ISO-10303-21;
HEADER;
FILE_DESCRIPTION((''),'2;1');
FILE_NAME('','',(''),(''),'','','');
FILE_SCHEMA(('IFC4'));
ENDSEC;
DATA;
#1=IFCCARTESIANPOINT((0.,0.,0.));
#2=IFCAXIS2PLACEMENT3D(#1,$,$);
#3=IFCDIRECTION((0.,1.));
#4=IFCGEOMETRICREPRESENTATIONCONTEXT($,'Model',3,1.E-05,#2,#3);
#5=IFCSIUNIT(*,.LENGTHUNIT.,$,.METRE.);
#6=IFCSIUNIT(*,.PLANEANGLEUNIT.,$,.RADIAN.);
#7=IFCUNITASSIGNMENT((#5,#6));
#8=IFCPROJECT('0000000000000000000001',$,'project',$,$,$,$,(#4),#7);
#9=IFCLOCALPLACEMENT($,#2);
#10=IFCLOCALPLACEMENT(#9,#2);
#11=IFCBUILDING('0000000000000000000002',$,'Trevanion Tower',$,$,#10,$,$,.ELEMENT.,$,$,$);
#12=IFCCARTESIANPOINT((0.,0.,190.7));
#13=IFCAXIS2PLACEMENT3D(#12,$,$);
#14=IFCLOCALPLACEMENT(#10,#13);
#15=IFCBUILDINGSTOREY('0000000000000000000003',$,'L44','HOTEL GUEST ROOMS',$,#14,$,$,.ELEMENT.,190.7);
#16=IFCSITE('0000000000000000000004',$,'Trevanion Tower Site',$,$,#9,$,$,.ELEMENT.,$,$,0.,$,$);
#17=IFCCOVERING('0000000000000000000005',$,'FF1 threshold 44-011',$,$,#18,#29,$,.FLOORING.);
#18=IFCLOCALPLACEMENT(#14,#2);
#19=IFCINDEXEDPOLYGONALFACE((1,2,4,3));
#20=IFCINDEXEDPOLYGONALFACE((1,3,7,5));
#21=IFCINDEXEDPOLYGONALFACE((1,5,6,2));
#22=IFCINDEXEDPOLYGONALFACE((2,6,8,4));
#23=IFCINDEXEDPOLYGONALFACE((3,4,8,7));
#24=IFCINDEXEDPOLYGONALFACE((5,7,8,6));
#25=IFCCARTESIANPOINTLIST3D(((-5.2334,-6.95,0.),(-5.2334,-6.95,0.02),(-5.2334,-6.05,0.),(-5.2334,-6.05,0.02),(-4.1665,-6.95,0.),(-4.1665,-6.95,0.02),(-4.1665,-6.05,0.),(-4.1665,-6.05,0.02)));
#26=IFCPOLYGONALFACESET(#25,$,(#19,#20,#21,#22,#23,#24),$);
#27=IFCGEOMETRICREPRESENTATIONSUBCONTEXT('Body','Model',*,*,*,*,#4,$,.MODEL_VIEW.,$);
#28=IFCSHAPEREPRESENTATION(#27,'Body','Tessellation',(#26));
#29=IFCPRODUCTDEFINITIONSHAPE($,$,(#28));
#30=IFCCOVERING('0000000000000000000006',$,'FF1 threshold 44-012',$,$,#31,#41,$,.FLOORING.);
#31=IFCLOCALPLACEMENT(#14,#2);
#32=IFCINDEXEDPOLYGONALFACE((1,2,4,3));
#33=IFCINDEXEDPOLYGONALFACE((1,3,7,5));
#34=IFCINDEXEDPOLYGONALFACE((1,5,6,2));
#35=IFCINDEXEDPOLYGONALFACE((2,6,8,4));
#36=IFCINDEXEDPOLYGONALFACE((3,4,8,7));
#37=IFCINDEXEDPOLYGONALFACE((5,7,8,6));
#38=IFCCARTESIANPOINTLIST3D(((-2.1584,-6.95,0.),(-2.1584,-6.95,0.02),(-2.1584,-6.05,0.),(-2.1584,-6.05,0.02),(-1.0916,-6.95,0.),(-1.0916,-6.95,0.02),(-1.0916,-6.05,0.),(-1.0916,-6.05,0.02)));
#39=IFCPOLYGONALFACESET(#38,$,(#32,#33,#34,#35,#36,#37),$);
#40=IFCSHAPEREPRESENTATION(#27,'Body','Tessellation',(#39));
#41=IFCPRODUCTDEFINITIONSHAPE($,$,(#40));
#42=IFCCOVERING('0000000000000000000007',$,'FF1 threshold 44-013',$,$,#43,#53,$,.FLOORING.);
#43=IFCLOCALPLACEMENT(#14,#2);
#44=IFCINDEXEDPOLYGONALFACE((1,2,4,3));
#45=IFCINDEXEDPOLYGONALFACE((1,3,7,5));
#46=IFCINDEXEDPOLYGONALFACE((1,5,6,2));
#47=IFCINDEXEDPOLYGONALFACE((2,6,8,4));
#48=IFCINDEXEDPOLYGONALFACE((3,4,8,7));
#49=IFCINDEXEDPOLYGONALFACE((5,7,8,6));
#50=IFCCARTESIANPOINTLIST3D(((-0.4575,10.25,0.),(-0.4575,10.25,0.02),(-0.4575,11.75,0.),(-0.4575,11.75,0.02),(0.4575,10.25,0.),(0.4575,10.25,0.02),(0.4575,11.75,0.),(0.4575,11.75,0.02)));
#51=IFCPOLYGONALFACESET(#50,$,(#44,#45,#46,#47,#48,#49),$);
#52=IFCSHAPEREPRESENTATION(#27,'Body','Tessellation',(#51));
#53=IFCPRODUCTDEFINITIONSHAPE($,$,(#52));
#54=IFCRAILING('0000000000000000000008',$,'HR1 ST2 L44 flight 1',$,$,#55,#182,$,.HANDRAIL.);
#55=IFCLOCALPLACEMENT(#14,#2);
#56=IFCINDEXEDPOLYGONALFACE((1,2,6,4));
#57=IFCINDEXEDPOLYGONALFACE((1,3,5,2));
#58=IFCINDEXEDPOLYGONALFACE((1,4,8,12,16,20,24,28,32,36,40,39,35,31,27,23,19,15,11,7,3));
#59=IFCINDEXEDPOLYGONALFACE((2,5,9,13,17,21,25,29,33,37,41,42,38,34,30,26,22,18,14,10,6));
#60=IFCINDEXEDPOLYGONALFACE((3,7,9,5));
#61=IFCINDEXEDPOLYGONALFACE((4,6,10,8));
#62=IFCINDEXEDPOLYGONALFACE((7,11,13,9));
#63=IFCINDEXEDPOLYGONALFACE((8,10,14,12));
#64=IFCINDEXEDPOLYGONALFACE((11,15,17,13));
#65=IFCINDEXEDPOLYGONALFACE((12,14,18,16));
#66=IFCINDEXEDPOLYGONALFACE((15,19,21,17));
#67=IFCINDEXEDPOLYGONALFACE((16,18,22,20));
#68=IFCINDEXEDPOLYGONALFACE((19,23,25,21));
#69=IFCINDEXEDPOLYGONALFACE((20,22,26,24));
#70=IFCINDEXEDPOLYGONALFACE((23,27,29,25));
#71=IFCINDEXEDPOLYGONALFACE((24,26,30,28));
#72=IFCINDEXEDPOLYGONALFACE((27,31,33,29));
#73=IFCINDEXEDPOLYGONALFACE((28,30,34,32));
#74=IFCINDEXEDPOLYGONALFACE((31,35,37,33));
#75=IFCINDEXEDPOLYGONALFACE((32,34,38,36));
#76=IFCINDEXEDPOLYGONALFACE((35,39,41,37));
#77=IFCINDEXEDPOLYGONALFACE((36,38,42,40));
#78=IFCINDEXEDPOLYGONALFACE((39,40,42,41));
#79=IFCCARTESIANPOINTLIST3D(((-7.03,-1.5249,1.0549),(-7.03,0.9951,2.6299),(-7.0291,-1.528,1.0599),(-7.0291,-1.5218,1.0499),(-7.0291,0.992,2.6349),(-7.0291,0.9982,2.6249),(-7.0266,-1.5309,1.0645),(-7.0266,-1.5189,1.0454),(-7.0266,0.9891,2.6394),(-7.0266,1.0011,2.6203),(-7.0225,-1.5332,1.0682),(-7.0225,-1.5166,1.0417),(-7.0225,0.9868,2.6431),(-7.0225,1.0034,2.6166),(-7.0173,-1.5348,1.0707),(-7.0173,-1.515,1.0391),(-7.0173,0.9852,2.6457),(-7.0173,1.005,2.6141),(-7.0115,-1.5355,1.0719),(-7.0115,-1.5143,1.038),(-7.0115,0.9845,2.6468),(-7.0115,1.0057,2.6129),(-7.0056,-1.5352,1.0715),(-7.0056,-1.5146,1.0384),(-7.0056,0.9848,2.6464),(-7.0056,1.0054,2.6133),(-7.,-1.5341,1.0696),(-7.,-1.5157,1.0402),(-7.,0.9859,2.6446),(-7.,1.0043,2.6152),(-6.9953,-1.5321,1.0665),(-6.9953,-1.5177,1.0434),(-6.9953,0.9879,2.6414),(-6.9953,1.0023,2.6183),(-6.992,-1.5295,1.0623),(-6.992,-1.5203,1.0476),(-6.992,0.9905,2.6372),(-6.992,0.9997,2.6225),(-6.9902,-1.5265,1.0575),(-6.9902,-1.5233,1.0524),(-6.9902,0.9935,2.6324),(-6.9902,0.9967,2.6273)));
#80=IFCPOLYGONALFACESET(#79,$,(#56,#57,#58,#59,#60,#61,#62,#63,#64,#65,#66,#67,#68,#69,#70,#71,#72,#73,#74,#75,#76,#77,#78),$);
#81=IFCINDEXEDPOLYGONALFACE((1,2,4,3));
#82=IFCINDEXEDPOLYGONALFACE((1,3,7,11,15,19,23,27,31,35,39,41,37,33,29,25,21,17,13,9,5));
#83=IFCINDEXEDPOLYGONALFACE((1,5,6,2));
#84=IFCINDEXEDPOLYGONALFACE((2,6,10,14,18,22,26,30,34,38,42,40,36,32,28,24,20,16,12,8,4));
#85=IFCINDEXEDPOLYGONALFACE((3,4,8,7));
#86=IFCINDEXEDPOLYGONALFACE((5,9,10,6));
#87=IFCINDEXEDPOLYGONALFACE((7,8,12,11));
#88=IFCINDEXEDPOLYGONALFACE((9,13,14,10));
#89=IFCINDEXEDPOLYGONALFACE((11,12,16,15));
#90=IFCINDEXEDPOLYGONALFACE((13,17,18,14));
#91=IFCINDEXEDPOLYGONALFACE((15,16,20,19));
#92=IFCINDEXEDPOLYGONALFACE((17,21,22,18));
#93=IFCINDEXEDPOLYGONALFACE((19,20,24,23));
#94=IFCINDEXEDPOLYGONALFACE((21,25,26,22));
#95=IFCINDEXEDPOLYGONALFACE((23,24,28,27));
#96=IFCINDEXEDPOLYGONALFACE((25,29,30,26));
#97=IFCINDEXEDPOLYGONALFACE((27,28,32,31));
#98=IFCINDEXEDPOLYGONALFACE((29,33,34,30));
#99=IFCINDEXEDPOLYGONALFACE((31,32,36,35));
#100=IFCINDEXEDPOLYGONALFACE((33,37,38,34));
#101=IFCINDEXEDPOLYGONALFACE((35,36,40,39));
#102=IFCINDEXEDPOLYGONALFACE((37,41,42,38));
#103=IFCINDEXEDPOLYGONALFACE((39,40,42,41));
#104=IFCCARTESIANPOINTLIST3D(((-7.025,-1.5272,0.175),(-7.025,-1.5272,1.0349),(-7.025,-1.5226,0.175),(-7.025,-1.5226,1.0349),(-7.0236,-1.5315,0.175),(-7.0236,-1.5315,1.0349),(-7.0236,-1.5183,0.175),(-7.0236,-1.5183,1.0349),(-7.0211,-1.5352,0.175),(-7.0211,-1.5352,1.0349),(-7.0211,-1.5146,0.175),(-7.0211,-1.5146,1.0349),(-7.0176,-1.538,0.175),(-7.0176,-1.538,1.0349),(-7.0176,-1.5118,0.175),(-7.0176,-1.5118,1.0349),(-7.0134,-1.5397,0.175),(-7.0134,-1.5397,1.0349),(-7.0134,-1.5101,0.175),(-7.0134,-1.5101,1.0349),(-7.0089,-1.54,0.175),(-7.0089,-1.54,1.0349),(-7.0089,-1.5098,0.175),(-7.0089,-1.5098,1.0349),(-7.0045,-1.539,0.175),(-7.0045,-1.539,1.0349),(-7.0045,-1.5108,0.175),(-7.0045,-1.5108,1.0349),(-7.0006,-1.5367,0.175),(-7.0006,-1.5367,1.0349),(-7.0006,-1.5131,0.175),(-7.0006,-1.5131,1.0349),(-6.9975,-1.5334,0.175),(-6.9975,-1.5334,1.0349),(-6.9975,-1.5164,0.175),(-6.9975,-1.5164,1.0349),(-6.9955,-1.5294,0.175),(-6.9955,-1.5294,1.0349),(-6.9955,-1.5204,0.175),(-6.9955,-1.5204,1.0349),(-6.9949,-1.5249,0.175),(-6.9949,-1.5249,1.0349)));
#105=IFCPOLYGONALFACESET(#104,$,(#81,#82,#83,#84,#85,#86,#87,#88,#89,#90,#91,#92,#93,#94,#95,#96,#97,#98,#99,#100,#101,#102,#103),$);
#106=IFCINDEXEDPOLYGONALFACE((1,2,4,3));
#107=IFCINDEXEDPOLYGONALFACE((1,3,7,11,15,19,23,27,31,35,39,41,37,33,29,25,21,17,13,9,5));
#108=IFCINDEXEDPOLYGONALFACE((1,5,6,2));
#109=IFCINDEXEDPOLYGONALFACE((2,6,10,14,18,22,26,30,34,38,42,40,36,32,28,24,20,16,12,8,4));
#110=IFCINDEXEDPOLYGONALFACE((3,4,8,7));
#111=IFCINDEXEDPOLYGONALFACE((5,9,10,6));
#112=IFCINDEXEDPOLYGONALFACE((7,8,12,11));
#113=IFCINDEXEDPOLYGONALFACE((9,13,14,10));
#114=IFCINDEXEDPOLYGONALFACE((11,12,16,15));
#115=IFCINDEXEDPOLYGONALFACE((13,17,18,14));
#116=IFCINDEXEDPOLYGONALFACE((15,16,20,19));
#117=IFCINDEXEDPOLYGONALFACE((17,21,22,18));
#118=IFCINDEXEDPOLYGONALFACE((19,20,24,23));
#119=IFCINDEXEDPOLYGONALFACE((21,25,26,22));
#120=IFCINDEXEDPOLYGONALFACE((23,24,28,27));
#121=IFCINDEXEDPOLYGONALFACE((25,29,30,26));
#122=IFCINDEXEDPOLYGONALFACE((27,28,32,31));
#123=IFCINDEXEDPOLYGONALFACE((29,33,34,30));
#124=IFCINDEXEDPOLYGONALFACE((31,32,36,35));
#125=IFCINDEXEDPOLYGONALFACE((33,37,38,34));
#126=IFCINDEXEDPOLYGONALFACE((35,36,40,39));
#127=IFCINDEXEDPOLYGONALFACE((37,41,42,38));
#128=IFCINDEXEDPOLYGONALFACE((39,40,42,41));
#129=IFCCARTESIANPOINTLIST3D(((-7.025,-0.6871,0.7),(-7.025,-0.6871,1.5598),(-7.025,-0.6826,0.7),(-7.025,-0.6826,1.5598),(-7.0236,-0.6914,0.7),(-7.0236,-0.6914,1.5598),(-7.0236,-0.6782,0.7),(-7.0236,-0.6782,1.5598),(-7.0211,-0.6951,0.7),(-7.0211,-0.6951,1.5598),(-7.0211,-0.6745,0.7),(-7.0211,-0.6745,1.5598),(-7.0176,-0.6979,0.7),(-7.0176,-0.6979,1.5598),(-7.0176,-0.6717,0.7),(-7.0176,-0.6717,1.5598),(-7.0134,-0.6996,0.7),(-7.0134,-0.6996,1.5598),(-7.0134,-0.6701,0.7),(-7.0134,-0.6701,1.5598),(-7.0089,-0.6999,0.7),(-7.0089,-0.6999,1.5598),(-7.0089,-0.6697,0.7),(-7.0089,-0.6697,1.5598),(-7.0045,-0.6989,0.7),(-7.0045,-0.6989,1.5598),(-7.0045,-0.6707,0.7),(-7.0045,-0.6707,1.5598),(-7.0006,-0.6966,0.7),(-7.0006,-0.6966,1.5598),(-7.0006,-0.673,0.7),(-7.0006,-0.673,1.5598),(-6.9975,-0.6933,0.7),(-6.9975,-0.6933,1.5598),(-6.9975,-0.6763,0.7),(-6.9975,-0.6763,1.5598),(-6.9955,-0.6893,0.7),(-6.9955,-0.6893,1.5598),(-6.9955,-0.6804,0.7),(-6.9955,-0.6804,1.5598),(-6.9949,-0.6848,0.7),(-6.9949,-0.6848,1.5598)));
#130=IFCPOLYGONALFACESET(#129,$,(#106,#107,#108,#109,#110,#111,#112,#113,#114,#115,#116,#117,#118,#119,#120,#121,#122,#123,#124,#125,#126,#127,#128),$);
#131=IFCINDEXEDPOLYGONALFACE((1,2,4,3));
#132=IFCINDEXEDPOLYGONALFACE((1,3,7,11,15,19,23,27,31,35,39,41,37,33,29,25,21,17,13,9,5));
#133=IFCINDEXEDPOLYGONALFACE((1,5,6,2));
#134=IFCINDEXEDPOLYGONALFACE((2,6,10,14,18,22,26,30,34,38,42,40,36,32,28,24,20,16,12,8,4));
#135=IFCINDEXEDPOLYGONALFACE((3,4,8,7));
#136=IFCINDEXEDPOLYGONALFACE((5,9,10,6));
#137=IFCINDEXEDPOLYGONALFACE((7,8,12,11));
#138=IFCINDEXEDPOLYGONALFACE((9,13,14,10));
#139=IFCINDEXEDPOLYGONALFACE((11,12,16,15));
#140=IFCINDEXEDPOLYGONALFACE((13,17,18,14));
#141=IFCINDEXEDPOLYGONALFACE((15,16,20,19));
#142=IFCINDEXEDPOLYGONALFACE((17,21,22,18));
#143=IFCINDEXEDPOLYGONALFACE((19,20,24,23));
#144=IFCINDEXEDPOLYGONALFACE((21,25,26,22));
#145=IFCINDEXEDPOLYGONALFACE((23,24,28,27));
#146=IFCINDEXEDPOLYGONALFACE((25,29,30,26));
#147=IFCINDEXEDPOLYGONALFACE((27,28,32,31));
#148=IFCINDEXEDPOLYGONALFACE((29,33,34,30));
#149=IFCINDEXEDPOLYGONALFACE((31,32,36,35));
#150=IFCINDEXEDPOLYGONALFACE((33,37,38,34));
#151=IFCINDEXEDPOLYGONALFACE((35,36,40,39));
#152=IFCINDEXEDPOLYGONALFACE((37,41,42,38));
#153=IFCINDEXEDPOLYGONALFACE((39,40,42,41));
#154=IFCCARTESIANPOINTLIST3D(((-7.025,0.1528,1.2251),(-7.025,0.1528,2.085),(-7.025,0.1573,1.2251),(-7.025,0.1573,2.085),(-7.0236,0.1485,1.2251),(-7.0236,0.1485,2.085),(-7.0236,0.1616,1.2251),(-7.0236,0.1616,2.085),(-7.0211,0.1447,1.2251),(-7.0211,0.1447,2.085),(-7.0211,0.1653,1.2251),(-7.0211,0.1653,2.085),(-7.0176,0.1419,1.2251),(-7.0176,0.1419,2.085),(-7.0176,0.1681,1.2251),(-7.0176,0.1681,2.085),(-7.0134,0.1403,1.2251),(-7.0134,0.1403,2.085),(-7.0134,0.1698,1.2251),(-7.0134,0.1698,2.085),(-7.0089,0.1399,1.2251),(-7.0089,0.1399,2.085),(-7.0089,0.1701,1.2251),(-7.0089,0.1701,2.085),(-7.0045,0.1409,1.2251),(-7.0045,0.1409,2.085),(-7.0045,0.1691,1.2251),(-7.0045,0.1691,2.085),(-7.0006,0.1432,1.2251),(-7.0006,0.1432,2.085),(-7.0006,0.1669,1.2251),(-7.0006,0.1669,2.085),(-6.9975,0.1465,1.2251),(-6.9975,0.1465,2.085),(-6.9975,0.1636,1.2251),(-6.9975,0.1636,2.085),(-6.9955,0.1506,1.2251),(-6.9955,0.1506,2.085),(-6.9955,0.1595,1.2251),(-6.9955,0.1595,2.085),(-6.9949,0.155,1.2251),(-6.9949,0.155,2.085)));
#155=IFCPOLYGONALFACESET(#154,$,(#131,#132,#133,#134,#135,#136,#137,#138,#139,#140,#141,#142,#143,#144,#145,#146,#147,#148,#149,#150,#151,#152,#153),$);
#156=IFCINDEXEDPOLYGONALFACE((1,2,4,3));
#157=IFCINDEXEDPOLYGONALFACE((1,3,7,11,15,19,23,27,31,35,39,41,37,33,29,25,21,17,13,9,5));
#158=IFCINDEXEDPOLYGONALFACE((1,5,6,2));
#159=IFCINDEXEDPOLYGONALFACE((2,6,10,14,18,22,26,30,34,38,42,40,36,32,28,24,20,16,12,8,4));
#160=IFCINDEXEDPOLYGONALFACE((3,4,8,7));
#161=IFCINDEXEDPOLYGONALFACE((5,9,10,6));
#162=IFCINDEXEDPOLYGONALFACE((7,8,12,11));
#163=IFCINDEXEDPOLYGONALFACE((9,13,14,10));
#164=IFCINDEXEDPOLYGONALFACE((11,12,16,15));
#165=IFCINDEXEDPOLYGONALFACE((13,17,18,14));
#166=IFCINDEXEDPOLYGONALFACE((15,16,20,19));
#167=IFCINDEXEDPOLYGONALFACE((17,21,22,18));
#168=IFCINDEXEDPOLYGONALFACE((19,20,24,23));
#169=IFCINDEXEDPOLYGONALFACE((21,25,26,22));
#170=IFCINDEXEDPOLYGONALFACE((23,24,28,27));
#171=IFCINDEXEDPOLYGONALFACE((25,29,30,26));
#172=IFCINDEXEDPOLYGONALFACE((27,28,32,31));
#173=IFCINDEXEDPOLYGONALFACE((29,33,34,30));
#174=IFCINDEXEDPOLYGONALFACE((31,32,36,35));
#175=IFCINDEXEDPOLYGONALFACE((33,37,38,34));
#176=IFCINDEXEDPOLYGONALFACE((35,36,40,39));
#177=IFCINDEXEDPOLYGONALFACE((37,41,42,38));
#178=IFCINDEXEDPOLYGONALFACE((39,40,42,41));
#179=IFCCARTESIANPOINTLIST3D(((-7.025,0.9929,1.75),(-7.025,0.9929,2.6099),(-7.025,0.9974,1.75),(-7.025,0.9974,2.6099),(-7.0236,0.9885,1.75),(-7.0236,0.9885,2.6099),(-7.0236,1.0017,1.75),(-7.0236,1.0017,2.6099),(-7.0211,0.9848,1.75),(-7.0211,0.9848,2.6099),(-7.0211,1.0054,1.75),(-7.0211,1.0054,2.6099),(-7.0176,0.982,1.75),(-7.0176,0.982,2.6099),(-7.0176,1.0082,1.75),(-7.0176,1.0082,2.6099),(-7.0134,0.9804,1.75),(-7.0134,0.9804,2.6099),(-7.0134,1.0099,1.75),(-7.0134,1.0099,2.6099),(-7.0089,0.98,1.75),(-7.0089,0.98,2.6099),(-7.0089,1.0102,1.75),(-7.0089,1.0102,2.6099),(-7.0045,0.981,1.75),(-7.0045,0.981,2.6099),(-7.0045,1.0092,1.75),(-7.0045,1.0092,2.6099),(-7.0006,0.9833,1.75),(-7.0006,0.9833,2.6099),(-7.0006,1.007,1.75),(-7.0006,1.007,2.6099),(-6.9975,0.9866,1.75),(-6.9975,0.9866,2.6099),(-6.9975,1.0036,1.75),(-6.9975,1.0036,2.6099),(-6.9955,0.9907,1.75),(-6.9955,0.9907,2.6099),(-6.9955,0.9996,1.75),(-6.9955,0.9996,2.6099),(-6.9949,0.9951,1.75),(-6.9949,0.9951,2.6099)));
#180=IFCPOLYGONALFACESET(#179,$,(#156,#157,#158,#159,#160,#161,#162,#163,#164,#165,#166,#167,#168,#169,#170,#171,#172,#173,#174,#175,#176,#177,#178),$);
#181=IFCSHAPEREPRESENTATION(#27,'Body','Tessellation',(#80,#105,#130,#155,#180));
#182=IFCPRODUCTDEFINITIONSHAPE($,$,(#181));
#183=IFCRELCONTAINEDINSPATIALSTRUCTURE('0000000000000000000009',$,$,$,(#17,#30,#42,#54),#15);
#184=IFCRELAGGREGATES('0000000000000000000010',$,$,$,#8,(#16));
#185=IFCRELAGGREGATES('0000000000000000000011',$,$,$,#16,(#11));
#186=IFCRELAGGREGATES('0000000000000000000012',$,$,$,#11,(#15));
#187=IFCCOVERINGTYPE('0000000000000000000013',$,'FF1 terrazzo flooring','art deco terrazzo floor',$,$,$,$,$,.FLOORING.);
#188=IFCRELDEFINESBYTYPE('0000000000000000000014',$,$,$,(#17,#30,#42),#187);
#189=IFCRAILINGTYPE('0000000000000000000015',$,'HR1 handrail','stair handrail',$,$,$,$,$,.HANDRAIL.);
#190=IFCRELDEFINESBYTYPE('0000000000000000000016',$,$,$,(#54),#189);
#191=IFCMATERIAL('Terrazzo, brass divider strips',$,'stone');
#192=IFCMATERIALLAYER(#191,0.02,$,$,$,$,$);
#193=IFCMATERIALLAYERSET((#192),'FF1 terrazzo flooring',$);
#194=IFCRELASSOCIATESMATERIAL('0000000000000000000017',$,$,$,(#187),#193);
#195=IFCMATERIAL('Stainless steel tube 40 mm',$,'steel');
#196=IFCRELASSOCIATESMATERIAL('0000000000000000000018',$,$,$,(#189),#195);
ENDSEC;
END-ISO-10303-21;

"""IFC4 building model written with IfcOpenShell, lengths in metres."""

from ifc_helpers import new_model, si_unit, direction, frame, origin, origin_2d, place, context, subcontext, project, spatial, polyline, circle, outline, extrude, material, layer, layer_set, type_object, element, save


model = new_model("IFC4")

# Units and contexts
model_context = context("Model", 3, precision=1e-05, world=origin(), true_north=direction((0.0, 1.0)))
body_context = subcontext(model_context, "Body", "Model", "MODEL_VIEW")
ifc_project = project(units=[si_unit("LENGTHUNIT", "METRE"), si_unit("PLANEANGLEUNIT", "RADIAN")], contexts=[model_context])

# Site, building, storey
site_placement = place(None, origin())
site = spatial("IfcSite", under=ifc_project, at=site_placement, Name="Trevanion Tower Site", CompositionType="ELEMENT", RefElevation=0.0)
building_placement = place(site_placement, origin())
building = spatial("IfcBuilding", under=site, at=building_placement, Name="Trevanion Tower", CompositionType="ELEMENT")
storey_placement = place(building_placement, frame((0.0, 0.0, 190.7)))
storey = spatial("IfcBuildingStorey", under=building, at=storey_placement, Name="L44", Description="HOTEL GUEST ROOMS", CompositionType="ELEMENT", Elevation=190.7)

# Coverings
ifc_material_1 = material(Name="Terrazzo, brass divider strips", Category="stone")
ifc_layer_1 = layer(ifc_material_1, 0.02)
ifc_layer_set_1 = layer_set([ifc_layer_1], Name="FF1 terrazzo flooring")
covering_type = type_object("IfcCoveringType", Name="FF1 terrazzo flooring", Description="art deco terrazzo floor", PredefinedType="FLOORING", material=ifc_layer_set_1)
covering_1_placement = place(storey_placement, origin())
element("IfcCovering", 1, at=covering_1_placement, inside=storey, type_object=covering_type, Name="FF1 threshold 44-011", PredefinedType="FLOORING", context=body_context, shape_type="SweptSolid", body=[
    extrude(outline(polyline([(-5.2334, -6.95), (-4.1665, -6.95), (-4.1665, -6.05), (-5.2334, -6.05), (-5.2334, -6.95)])), origin(), (0.0, 0.0, 1.0), 0.02),
])
covering_2_placement = place(storey_placement, origin())
element("IfcCovering", 2, at=covering_2_placement, inside=storey, type_object=covering_type, Name="FF1 threshold 44-012", PredefinedType="FLOORING", context=body_context, shape_type="SweptSolid", body=[
    extrude(outline(polyline([(-2.1584, -6.95), (-1.0916, -6.95), (-1.0916, -6.05), (-2.1584, -6.05), (-2.1584, -6.95)])), origin(), (0.0, 0.0, 1.0), 0.02),
])
covering_3_placement = place(storey_placement, origin())
element("IfcCovering", 3, at=covering_3_placement, inside=storey, type_object=covering_type, Name="FF1 threshold 44-013", PredefinedType="FLOORING", context=body_context, shape_type="SweptSolid", body=[
    extrude(outline(polyline([(0.4575, 11.75), (-0.4575, 11.75), (-0.4575, 10.25), (0.4575, 10.25), (0.4575, 11.75)])), origin(), (0.0, 0.0, 1.0), 0.02),
])

# Railing
ifc_material_2 = material(Name="Stainless steel tube 40 mm", Category="steel")
railing_type = type_object("IfcRailingType", Name="HR1 handrail", Description="stair handrail", PredefinedType="HANDRAIL", material=ifc_material_2)
for number, where, name in (
    (4, (-7.01, -1.5249, 0.175), "HR1 ST2 L44 flight 1"),
):
    element("IfcRailing", number, at=place(storey_placement, frame(where)), inside=storey, type_object=railing_type, Name=name, PredefinedType="HANDRAIL", context=body_context, shape_type="SweptSolid", body=[
        extrude(circle(Radius=0.02, at=origin_2d()), frame((0.0, 0.0, 0.8799), z_axis=(0.0, 0.848008, 0.529984), x_axis=(-1.0, 0.0, 0.0)), (0.0, 0.0, 1.0), 2.9717),
        extrude(circle(Radius=0.0151, at=origin_2d()), origin(), (0.0, 0.0, 1.0), 0.8599),
        extrude(circle(Radius=0.0151, at=origin_2d()), frame((0.0, 0.8401, 0.5249)), (0.0, 0.0, 1.0), 0.8599),
        extrude(circle(Radius=0.0151, at=origin_2d()), frame((0.0, 1.6799, 1.05)), (0.0, 0.0, 1.0), 0.8599),
        extrude(circle(Radius=0.0151, at=origin_2d()), frame((0.0, 2.52, 1.575)), (0.0, 0.0, 1.0), 0.8599),
    ])

save(model, "model.ifc")
